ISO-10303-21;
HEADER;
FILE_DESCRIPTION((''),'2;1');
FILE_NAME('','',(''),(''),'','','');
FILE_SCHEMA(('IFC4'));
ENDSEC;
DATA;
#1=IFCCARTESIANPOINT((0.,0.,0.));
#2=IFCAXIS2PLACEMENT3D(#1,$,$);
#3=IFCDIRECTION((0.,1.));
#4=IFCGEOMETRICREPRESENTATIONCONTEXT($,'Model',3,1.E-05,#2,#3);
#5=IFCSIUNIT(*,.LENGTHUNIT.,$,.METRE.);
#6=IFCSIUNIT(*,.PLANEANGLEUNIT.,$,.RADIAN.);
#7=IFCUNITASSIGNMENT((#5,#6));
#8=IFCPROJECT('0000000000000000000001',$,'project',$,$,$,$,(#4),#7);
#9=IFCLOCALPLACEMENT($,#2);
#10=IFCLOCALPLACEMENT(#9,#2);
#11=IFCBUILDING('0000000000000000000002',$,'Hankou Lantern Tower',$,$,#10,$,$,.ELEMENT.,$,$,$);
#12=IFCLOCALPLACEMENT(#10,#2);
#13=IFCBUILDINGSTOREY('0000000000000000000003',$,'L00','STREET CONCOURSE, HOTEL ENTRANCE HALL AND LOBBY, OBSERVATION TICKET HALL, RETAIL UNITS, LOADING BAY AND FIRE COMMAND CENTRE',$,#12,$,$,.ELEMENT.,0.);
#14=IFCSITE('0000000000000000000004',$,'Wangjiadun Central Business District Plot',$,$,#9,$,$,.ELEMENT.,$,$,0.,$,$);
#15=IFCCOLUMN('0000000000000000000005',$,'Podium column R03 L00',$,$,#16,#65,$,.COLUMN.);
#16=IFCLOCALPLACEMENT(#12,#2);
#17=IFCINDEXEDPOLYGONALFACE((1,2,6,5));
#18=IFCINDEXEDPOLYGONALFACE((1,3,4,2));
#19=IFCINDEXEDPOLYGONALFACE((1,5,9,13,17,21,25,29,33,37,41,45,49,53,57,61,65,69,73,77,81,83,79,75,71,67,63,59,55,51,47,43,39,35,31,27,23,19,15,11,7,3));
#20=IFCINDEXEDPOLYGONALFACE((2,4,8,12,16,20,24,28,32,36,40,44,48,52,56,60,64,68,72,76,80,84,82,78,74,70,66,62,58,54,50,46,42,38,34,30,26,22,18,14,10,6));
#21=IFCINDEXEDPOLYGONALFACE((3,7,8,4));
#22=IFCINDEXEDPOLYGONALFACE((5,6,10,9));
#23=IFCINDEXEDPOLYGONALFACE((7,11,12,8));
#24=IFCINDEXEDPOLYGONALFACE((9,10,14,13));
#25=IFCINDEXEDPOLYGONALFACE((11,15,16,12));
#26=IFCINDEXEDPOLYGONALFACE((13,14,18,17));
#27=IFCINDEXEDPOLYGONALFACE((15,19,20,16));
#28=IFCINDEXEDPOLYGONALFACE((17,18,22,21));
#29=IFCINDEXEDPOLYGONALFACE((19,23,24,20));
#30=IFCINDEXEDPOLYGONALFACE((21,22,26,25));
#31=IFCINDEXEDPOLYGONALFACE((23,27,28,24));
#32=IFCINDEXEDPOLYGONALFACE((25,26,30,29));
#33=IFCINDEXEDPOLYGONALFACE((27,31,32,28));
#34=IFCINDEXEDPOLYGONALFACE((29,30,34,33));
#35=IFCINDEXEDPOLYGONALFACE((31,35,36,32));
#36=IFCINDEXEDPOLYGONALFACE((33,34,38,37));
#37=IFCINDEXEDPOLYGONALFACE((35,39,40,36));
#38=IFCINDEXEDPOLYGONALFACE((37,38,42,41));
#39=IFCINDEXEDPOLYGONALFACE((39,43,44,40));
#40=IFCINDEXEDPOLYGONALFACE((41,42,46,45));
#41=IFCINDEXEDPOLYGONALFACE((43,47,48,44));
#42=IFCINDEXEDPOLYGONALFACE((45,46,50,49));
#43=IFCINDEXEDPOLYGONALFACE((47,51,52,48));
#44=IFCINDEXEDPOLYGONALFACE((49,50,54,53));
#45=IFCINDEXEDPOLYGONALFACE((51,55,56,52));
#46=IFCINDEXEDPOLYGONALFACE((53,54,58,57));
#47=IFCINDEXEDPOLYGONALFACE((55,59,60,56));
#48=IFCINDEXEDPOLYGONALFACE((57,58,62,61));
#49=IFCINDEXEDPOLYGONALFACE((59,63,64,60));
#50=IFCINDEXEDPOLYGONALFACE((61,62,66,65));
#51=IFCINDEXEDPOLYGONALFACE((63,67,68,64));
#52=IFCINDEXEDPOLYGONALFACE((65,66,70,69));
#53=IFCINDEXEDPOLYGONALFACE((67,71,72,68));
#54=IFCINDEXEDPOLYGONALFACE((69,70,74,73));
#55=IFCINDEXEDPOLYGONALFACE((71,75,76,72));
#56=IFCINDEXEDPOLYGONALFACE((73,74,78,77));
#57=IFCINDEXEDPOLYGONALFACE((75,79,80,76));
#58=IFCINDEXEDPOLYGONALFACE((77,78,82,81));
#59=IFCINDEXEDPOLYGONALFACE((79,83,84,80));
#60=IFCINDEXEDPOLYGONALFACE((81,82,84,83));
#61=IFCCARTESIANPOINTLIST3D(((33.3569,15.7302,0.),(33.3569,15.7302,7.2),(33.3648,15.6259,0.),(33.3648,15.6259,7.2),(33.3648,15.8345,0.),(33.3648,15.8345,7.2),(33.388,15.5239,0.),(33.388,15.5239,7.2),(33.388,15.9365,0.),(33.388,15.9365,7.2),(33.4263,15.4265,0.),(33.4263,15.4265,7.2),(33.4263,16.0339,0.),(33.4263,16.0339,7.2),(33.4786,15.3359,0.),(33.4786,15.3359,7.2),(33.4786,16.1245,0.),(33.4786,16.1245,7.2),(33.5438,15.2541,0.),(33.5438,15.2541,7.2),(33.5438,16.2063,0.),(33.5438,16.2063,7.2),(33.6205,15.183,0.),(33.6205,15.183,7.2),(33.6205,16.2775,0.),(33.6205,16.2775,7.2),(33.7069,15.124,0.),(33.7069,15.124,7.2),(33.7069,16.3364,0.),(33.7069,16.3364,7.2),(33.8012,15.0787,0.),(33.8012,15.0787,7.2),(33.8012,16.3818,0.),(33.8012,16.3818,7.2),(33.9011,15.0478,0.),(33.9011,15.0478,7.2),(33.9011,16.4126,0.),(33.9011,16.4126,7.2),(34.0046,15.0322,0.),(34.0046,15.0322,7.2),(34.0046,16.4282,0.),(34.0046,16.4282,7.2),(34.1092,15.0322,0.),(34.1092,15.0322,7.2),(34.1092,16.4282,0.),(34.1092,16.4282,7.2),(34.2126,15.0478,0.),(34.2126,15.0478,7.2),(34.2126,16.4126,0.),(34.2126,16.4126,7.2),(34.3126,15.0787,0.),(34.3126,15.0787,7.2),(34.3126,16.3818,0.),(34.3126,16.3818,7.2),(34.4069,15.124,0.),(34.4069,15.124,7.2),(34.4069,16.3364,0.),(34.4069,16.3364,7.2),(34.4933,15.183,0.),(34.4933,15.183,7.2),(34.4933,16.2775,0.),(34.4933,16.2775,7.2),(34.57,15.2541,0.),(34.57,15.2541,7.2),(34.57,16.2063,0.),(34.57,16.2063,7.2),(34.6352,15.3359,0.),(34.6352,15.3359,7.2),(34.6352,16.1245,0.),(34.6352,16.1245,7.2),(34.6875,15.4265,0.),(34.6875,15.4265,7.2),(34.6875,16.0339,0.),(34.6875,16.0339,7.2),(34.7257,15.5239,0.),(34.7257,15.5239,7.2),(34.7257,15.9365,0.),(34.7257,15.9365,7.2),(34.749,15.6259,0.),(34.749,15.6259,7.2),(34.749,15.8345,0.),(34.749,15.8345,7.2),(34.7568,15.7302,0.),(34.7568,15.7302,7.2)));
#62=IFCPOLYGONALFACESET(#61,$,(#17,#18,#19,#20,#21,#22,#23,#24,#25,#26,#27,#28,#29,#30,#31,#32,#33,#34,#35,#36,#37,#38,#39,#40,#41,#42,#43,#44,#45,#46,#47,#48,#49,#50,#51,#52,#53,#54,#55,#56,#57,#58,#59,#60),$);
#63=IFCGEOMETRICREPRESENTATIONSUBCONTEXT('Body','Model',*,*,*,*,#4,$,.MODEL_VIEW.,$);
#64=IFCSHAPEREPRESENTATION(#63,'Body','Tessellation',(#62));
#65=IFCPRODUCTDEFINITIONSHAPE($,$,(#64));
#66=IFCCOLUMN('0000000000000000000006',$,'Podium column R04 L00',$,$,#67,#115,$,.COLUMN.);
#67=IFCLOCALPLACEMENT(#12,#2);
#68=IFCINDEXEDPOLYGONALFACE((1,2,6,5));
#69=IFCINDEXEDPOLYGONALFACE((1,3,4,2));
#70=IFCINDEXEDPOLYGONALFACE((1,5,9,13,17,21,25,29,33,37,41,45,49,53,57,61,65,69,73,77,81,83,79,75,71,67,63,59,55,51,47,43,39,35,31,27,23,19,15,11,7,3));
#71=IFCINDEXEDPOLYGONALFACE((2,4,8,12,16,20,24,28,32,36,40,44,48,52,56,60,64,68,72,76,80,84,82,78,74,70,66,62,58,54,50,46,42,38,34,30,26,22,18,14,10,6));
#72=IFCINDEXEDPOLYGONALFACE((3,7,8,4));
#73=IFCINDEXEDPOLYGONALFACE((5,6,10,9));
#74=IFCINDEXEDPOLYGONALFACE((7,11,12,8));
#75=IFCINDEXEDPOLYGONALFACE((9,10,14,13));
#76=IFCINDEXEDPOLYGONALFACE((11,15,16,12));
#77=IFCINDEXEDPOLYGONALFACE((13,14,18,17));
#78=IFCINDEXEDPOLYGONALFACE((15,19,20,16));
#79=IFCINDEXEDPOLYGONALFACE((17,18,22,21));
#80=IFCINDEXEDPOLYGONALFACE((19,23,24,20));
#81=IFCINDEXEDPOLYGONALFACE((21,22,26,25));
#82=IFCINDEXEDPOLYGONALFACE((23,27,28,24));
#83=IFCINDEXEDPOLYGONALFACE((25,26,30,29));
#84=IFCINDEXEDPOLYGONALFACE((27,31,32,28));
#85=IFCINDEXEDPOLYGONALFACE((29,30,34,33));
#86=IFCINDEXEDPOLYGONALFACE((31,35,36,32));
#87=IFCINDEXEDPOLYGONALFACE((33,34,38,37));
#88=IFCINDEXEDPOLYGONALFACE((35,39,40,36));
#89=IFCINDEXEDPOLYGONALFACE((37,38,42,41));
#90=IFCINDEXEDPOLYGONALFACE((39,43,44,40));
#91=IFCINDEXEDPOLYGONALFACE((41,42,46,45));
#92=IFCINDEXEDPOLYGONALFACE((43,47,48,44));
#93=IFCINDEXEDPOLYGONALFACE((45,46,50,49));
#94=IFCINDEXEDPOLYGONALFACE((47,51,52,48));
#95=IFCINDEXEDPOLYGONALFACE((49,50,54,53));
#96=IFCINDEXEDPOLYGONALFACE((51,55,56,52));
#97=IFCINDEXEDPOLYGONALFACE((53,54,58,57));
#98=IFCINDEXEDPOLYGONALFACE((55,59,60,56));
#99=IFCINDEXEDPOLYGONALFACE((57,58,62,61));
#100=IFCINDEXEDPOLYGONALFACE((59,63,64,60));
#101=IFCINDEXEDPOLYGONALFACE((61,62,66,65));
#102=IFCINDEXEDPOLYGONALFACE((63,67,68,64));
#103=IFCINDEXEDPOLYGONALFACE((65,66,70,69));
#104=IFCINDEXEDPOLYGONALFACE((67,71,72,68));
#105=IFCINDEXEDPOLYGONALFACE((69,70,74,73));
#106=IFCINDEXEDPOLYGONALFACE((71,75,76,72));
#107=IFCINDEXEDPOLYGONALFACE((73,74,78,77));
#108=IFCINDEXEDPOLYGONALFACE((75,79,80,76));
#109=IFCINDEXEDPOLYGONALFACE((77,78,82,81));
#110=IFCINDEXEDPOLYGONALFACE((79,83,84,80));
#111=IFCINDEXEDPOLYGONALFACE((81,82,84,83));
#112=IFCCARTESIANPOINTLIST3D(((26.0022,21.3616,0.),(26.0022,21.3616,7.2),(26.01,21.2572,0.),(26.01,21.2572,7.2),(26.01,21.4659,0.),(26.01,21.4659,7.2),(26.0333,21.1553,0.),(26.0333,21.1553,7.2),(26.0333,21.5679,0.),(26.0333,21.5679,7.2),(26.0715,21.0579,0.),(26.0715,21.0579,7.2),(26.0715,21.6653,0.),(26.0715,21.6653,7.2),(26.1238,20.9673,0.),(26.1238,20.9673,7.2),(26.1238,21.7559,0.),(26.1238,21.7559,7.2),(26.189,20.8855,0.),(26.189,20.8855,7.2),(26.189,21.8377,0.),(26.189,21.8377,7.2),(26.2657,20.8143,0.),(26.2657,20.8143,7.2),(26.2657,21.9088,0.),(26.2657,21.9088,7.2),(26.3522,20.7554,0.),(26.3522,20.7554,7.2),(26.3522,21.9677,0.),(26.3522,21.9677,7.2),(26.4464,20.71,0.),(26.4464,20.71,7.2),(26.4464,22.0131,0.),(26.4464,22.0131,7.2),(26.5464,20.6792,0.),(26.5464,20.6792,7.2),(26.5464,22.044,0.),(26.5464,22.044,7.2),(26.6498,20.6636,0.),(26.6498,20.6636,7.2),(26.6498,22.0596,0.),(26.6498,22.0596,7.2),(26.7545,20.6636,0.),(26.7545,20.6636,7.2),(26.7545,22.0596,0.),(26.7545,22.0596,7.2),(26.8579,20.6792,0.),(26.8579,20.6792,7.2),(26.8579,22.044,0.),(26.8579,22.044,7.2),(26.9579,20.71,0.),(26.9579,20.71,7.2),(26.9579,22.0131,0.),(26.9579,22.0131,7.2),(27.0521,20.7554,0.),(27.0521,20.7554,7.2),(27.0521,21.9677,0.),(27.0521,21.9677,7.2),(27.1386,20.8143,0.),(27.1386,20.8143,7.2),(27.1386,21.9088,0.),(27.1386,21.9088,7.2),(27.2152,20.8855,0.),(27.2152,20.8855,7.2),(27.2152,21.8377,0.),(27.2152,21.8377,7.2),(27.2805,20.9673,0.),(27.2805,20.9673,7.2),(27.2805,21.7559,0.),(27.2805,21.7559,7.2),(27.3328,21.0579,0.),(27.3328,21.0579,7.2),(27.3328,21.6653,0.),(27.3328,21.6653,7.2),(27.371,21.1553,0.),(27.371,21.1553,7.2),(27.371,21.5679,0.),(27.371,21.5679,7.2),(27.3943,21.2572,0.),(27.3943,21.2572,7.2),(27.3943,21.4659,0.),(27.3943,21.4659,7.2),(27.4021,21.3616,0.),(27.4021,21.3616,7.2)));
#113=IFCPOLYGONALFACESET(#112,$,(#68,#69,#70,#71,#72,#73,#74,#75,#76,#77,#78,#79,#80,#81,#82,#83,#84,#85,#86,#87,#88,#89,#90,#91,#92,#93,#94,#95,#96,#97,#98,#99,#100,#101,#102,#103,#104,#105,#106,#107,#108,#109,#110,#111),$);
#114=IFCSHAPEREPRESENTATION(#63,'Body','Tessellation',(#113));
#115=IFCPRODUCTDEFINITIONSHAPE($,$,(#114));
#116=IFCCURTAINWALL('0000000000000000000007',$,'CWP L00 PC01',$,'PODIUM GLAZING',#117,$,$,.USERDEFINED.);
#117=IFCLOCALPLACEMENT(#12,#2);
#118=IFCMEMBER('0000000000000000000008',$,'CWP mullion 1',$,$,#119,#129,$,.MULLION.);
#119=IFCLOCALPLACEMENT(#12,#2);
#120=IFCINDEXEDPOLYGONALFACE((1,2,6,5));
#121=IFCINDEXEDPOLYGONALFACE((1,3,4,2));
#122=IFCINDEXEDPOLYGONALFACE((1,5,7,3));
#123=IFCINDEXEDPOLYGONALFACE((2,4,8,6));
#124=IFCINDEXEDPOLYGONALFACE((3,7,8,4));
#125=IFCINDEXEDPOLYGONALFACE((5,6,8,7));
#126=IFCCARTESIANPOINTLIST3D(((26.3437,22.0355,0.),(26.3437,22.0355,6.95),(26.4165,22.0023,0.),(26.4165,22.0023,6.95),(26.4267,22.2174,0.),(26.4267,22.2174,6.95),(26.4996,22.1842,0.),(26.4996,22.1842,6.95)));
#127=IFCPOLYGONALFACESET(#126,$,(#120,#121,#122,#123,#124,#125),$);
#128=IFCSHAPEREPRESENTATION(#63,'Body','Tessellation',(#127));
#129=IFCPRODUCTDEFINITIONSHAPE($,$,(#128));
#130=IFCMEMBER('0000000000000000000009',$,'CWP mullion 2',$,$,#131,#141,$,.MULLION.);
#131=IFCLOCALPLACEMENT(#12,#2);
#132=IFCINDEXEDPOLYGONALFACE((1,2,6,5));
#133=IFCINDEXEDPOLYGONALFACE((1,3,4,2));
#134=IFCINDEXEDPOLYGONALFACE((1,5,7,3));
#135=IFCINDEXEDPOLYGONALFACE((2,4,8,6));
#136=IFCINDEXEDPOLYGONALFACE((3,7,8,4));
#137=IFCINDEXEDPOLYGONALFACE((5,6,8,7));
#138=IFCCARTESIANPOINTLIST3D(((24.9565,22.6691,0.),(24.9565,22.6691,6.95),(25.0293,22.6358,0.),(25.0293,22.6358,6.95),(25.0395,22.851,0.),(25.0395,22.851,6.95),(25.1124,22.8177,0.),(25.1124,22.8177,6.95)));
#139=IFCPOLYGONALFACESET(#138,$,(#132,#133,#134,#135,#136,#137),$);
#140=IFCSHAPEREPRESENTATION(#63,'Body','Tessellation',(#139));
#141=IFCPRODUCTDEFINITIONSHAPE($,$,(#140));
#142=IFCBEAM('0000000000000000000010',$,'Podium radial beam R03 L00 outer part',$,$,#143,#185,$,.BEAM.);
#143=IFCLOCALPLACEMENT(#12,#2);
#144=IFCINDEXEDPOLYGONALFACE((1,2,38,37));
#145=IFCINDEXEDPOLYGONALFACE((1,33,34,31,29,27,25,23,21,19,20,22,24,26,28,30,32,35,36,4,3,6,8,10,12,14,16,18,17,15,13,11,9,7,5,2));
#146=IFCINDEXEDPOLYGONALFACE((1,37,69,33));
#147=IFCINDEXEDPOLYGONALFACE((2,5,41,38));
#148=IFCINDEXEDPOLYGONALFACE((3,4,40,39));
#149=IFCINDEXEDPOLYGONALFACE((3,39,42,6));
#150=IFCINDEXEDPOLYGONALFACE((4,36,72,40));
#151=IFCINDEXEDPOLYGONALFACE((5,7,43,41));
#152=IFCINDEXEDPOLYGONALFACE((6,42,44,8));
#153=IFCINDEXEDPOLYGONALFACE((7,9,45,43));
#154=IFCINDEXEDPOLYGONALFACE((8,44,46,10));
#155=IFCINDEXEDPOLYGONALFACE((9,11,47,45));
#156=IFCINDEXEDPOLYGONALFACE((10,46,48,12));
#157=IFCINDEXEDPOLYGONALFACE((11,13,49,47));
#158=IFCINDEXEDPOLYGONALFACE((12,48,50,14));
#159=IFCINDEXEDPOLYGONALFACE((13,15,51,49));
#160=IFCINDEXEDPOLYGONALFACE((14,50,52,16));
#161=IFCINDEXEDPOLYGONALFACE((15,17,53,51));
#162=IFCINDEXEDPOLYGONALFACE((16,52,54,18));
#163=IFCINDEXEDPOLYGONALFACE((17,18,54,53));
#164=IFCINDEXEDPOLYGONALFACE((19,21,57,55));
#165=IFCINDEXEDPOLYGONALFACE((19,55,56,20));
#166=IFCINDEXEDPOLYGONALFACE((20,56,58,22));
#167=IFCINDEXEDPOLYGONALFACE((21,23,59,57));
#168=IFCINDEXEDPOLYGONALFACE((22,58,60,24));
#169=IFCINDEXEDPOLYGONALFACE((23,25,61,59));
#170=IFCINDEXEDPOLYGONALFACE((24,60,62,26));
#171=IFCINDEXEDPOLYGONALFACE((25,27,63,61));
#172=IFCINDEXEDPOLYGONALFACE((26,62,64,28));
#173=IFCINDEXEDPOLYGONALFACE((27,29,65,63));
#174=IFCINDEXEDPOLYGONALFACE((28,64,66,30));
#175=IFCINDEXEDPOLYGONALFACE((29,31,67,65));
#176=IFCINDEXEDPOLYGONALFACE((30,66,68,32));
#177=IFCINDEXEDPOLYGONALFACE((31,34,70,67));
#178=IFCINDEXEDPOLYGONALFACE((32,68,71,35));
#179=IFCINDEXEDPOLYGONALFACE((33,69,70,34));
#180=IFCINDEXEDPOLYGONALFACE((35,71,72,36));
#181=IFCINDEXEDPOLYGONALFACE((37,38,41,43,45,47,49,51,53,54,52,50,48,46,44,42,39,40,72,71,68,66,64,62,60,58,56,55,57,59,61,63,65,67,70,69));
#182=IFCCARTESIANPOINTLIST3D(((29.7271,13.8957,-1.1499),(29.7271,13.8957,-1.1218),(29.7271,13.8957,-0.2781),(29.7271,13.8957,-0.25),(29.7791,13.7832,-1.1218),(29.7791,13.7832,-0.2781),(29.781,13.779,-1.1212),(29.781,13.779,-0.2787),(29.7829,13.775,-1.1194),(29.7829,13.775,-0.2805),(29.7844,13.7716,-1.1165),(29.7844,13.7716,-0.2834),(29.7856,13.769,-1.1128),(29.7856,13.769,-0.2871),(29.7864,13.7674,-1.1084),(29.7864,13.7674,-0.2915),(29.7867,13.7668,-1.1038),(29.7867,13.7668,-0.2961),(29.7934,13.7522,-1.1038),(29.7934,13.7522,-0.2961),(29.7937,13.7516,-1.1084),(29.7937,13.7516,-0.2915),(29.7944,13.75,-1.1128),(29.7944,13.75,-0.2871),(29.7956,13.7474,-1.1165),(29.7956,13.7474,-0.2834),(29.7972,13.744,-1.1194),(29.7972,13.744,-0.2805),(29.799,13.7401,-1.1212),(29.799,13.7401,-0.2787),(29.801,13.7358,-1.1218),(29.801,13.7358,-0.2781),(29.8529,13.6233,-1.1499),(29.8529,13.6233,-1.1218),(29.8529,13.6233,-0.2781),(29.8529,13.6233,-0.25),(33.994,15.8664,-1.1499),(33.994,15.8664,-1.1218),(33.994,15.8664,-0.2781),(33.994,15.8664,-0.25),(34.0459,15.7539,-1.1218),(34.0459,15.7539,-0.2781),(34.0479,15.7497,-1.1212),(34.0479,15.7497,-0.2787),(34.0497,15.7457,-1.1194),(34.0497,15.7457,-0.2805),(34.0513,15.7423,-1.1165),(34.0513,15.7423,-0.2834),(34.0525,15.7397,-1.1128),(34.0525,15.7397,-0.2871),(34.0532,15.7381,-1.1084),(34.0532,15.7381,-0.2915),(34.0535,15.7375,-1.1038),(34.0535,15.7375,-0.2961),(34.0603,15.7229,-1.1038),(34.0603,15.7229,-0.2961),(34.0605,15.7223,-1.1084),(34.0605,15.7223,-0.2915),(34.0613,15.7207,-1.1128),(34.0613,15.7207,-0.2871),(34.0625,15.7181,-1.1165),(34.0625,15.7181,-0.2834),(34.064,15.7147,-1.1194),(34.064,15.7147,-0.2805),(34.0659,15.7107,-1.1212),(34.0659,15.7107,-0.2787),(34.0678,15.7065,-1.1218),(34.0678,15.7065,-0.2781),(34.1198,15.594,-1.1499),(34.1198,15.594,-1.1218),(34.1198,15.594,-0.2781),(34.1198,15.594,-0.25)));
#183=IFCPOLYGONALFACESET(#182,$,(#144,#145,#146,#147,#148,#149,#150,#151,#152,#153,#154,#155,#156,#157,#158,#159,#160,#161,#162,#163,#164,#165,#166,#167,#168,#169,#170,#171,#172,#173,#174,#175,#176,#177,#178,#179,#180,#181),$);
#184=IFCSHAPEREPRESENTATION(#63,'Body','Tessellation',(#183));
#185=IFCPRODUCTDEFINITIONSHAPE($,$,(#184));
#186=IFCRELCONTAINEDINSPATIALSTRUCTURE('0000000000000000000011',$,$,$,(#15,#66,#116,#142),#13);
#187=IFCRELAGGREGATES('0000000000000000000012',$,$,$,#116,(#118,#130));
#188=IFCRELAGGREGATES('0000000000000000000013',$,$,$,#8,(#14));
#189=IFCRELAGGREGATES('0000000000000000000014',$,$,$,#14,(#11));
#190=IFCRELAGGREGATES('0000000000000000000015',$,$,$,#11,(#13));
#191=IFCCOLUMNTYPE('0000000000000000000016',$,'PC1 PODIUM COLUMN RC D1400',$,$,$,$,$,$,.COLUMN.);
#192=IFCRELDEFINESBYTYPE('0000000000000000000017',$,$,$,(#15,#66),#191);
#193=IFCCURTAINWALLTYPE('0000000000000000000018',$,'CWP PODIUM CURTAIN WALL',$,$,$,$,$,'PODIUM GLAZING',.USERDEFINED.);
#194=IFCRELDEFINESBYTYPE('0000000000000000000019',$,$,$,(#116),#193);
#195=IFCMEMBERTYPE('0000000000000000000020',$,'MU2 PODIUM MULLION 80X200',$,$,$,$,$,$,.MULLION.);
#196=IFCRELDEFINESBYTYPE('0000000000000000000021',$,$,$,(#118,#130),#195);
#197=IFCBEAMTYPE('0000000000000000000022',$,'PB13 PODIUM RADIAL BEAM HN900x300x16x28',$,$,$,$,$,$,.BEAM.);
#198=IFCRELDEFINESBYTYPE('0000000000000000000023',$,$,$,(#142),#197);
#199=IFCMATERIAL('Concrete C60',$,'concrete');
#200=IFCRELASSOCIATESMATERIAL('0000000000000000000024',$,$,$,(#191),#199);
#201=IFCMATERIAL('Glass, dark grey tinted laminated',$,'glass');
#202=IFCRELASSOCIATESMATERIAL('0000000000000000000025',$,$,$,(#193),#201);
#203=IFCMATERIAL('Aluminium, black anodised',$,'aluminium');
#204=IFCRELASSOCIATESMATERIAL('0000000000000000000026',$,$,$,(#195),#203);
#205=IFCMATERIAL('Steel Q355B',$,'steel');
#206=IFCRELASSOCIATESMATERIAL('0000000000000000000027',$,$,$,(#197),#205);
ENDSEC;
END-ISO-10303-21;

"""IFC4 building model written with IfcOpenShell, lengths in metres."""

from ifc_helpers import new_model, si_unit, direction, frame, origin, origin_2d, place, context, subcontext, project, spatial, rectangle, circle, i_section, extrude, material, material_profile, profile_set, type_object, element, aggregate, save


model = new_model("IFC4")

# Units and contexts
model_context = context("Model", 3, precision=1e-05, world=origin(), true_north=direction((0.0, 1.0)))
body_context = subcontext(model_context, "Body", "Model", "MODEL_VIEW")
ifc_project = project(units=[si_unit("LENGTHUNIT", "METRE"), si_unit("PLANEANGLEUNIT", "RADIAN")], contexts=[model_context])

# Site, building, storey
site_placement = place(None, origin())
site = spatial("IfcSite", under=ifc_project, at=site_placement, Name="Wangjiadun Central Business District Plot", CompositionType="ELEMENT", RefElevation=0.0)
building_placement = place(site_placement, origin())
building = spatial("IfcBuilding", under=site, at=building_placement, Name="Hankou Lantern Tower", CompositionType="ELEMENT")
storey_placement = place(building_placement, origin())
storey = spatial("IfcBuildingStorey", under=building, at=storey_placement, Name="L00", Description="STREET CONCOURSE, HOTEL ENTRANCE HALL AND LOBBY, OBSERVATION TICKET HALL, RETAIL UNITS, LOADING BAY AND FIRE COMMAND CENTRE", CompositionType="ELEMENT", Elevation=0.0)

# Columns
ifc_material_1 = material(Name="Concrete C60", Category="concrete")
ifc_material_profile_1 = material_profile(ifc_material_1, circle(Radius=0.7, at=origin_2d()), Name="RC D1400")
ifc_profile_set_1 = profile_set([ifc_material_profile_1], Name="Concrete C60")
column_type = type_object("IfcColumnType", Name="PC1 PODIUM COLUMN RC D1400", PredefinedType="COLUMN", material=ifc_profile_set_1)
for number, where, z_axis, x_axis, name in (
    (1, (34.0569, 15.7302, 0.0), (0.0, 0.0, 1.0), (1.0, 0.0, 0.0), "Podium column R03 L00"),
    (2, (26.7021, 21.3616, 0.0), (0.0, 0.0, 1.0), (1.0, 0.0, 0.0), "Podium column R04 L00"),
):
    element("IfcColumn", number, at=place(storey_placement, frame(where, z_axis=z_axis, x_axis=x_axis)), inside=storey, type_object=column_type, Name=name, PredefinedType="COLUMN", context=body_context, shape_type="SweptSolid", body=[
        extrude(circle(Radius=0.7, at=origin_2d()), origin(), (0.0, 0.0, 1.0), 7.2),
    ])

# Curtain wall, members
ifc_material_2 = material(Name="Glass, dark grey tinted laminated", Category="glass")
curtain_wall_type = type_object("IfcCurtainWallType", Name="CWP PODIUM CURTAIN WALL", ElementType="PODIUM GLAZING", PredefinedType="USERDEFINED", material=ifc_material_2)
curtain_wall_placement = place(storey_placement, origin())
curtain_wall = element("IfcCurtainWall", 3, at=curtain_wall_placement, inside=storey, type_object=curtain_wall_type, Name="CWP L00 PC01", ObjectType="PODIUM GLAZING", PredefinedType="USERDEFINED")
ifc_material_3 = material(Name="Aluminium, black anodised", Category="aluminium")
ifc_material_profile_2 = material_profile(ifc_material_3, rectangle(XDim=0.0801, YDim=0.2, at=origin_2d()), Name="MU2 80X200")
ifc_profile_set_2 = profile_set([ifc_material_profile_2], Name="Aluminium, black anodised")
member_type_1 = type_object("IfcMemberType", Name="MU2 PODIUM MULLION 80X200", PredefinedType="MULLION", material=ifc_profile_set_2)
member_1_placement = place(storey_placement, frame((26.4216, 22.1099, 0.0), z_axis=(0.0, 0.0, 1.0), x_axis=(-0.90967, 0.415332, 0.0)))
member_1 = element("IfcMember", 4, at=member_1_placement, type_object=member_type_1, Name="CWP mullion 1", PredefinedType="MULLION", context=body_context, shape_type="SweptSolid", body=[
    extrude(rectangle(XDim=0.0801, YDim=0.2, at=origin_2d()), origin(), (0.0, 0.0, 1.0), 6.95),
])
member_2_placement = place(storey_placement, frame((25.0344, 22.7434, 0.0), z_axis=(0.0, 0.0, 1.0), x_axis=(-0.90967, 0.415332, 0.0)))
member_2 = element("IfcMember", 5, at=member_2_placement, type_object=member_type_1, Name="CWP mullion 2", PredefinedType="MULLION", context=body_context, shape_type="SweptSolid", body=[
    extrude(rectangle(XDim=0.0801, YDim=0.2, at=origin_2d()), origin(), (0.0, 0.0, 1.0), 6.95),
])

# Beam
ifc_material_4 = material(Name="Steel Q355B", Category="steel")
ifc_material_profile_3 = material_profile(ifc_material_4, i_section(OverallWidth=0.3, OverallDepth=0.8999, WebThickness=0.0161, FlangeThickness=0.0281, FilletRadius=0.0181, at=origin_2d()), Name="HN900x300x16x28")
ifc_profile_set_3 = profile_set([ifc_material_profile_3], Name="Steel Q355B")
beam_type_1 = type_object("IfcBeamType", Name="PB13 PODIUM RADIAL BEAM HN900x300x16x28", PredefinedType="BEAM", material=ifc_profile_set_3)
beam_1_placement = place(storey_placement, frame((29.79, 13.7595, -0.7), z_axis=(0.907847, 0.419302, 0.0), x_axis=(-0.419302, 0.907847, 0.0)))
element("IfcBeam", 6, at=beam_1_placement, inside=storey, type_object=beam_type_1, Name="Podium radial beam R03 L00 outer part", PredefinedType="BEAM", context=body_context, shape_type="SweptSolid", body=[
    extrude(i_section(OverallWidth=0.3, OverallDepth=0.8999, WebThickness=0.0161, FlangeThickness=0.0281, FilletRadius=0.0181, at=origin_2d()), origin(), (0.0, 0.0, 1.0), 4.7),
])

aggregate(curtain_wall, [member_1, member_2])

save(model, "model.ifc")
